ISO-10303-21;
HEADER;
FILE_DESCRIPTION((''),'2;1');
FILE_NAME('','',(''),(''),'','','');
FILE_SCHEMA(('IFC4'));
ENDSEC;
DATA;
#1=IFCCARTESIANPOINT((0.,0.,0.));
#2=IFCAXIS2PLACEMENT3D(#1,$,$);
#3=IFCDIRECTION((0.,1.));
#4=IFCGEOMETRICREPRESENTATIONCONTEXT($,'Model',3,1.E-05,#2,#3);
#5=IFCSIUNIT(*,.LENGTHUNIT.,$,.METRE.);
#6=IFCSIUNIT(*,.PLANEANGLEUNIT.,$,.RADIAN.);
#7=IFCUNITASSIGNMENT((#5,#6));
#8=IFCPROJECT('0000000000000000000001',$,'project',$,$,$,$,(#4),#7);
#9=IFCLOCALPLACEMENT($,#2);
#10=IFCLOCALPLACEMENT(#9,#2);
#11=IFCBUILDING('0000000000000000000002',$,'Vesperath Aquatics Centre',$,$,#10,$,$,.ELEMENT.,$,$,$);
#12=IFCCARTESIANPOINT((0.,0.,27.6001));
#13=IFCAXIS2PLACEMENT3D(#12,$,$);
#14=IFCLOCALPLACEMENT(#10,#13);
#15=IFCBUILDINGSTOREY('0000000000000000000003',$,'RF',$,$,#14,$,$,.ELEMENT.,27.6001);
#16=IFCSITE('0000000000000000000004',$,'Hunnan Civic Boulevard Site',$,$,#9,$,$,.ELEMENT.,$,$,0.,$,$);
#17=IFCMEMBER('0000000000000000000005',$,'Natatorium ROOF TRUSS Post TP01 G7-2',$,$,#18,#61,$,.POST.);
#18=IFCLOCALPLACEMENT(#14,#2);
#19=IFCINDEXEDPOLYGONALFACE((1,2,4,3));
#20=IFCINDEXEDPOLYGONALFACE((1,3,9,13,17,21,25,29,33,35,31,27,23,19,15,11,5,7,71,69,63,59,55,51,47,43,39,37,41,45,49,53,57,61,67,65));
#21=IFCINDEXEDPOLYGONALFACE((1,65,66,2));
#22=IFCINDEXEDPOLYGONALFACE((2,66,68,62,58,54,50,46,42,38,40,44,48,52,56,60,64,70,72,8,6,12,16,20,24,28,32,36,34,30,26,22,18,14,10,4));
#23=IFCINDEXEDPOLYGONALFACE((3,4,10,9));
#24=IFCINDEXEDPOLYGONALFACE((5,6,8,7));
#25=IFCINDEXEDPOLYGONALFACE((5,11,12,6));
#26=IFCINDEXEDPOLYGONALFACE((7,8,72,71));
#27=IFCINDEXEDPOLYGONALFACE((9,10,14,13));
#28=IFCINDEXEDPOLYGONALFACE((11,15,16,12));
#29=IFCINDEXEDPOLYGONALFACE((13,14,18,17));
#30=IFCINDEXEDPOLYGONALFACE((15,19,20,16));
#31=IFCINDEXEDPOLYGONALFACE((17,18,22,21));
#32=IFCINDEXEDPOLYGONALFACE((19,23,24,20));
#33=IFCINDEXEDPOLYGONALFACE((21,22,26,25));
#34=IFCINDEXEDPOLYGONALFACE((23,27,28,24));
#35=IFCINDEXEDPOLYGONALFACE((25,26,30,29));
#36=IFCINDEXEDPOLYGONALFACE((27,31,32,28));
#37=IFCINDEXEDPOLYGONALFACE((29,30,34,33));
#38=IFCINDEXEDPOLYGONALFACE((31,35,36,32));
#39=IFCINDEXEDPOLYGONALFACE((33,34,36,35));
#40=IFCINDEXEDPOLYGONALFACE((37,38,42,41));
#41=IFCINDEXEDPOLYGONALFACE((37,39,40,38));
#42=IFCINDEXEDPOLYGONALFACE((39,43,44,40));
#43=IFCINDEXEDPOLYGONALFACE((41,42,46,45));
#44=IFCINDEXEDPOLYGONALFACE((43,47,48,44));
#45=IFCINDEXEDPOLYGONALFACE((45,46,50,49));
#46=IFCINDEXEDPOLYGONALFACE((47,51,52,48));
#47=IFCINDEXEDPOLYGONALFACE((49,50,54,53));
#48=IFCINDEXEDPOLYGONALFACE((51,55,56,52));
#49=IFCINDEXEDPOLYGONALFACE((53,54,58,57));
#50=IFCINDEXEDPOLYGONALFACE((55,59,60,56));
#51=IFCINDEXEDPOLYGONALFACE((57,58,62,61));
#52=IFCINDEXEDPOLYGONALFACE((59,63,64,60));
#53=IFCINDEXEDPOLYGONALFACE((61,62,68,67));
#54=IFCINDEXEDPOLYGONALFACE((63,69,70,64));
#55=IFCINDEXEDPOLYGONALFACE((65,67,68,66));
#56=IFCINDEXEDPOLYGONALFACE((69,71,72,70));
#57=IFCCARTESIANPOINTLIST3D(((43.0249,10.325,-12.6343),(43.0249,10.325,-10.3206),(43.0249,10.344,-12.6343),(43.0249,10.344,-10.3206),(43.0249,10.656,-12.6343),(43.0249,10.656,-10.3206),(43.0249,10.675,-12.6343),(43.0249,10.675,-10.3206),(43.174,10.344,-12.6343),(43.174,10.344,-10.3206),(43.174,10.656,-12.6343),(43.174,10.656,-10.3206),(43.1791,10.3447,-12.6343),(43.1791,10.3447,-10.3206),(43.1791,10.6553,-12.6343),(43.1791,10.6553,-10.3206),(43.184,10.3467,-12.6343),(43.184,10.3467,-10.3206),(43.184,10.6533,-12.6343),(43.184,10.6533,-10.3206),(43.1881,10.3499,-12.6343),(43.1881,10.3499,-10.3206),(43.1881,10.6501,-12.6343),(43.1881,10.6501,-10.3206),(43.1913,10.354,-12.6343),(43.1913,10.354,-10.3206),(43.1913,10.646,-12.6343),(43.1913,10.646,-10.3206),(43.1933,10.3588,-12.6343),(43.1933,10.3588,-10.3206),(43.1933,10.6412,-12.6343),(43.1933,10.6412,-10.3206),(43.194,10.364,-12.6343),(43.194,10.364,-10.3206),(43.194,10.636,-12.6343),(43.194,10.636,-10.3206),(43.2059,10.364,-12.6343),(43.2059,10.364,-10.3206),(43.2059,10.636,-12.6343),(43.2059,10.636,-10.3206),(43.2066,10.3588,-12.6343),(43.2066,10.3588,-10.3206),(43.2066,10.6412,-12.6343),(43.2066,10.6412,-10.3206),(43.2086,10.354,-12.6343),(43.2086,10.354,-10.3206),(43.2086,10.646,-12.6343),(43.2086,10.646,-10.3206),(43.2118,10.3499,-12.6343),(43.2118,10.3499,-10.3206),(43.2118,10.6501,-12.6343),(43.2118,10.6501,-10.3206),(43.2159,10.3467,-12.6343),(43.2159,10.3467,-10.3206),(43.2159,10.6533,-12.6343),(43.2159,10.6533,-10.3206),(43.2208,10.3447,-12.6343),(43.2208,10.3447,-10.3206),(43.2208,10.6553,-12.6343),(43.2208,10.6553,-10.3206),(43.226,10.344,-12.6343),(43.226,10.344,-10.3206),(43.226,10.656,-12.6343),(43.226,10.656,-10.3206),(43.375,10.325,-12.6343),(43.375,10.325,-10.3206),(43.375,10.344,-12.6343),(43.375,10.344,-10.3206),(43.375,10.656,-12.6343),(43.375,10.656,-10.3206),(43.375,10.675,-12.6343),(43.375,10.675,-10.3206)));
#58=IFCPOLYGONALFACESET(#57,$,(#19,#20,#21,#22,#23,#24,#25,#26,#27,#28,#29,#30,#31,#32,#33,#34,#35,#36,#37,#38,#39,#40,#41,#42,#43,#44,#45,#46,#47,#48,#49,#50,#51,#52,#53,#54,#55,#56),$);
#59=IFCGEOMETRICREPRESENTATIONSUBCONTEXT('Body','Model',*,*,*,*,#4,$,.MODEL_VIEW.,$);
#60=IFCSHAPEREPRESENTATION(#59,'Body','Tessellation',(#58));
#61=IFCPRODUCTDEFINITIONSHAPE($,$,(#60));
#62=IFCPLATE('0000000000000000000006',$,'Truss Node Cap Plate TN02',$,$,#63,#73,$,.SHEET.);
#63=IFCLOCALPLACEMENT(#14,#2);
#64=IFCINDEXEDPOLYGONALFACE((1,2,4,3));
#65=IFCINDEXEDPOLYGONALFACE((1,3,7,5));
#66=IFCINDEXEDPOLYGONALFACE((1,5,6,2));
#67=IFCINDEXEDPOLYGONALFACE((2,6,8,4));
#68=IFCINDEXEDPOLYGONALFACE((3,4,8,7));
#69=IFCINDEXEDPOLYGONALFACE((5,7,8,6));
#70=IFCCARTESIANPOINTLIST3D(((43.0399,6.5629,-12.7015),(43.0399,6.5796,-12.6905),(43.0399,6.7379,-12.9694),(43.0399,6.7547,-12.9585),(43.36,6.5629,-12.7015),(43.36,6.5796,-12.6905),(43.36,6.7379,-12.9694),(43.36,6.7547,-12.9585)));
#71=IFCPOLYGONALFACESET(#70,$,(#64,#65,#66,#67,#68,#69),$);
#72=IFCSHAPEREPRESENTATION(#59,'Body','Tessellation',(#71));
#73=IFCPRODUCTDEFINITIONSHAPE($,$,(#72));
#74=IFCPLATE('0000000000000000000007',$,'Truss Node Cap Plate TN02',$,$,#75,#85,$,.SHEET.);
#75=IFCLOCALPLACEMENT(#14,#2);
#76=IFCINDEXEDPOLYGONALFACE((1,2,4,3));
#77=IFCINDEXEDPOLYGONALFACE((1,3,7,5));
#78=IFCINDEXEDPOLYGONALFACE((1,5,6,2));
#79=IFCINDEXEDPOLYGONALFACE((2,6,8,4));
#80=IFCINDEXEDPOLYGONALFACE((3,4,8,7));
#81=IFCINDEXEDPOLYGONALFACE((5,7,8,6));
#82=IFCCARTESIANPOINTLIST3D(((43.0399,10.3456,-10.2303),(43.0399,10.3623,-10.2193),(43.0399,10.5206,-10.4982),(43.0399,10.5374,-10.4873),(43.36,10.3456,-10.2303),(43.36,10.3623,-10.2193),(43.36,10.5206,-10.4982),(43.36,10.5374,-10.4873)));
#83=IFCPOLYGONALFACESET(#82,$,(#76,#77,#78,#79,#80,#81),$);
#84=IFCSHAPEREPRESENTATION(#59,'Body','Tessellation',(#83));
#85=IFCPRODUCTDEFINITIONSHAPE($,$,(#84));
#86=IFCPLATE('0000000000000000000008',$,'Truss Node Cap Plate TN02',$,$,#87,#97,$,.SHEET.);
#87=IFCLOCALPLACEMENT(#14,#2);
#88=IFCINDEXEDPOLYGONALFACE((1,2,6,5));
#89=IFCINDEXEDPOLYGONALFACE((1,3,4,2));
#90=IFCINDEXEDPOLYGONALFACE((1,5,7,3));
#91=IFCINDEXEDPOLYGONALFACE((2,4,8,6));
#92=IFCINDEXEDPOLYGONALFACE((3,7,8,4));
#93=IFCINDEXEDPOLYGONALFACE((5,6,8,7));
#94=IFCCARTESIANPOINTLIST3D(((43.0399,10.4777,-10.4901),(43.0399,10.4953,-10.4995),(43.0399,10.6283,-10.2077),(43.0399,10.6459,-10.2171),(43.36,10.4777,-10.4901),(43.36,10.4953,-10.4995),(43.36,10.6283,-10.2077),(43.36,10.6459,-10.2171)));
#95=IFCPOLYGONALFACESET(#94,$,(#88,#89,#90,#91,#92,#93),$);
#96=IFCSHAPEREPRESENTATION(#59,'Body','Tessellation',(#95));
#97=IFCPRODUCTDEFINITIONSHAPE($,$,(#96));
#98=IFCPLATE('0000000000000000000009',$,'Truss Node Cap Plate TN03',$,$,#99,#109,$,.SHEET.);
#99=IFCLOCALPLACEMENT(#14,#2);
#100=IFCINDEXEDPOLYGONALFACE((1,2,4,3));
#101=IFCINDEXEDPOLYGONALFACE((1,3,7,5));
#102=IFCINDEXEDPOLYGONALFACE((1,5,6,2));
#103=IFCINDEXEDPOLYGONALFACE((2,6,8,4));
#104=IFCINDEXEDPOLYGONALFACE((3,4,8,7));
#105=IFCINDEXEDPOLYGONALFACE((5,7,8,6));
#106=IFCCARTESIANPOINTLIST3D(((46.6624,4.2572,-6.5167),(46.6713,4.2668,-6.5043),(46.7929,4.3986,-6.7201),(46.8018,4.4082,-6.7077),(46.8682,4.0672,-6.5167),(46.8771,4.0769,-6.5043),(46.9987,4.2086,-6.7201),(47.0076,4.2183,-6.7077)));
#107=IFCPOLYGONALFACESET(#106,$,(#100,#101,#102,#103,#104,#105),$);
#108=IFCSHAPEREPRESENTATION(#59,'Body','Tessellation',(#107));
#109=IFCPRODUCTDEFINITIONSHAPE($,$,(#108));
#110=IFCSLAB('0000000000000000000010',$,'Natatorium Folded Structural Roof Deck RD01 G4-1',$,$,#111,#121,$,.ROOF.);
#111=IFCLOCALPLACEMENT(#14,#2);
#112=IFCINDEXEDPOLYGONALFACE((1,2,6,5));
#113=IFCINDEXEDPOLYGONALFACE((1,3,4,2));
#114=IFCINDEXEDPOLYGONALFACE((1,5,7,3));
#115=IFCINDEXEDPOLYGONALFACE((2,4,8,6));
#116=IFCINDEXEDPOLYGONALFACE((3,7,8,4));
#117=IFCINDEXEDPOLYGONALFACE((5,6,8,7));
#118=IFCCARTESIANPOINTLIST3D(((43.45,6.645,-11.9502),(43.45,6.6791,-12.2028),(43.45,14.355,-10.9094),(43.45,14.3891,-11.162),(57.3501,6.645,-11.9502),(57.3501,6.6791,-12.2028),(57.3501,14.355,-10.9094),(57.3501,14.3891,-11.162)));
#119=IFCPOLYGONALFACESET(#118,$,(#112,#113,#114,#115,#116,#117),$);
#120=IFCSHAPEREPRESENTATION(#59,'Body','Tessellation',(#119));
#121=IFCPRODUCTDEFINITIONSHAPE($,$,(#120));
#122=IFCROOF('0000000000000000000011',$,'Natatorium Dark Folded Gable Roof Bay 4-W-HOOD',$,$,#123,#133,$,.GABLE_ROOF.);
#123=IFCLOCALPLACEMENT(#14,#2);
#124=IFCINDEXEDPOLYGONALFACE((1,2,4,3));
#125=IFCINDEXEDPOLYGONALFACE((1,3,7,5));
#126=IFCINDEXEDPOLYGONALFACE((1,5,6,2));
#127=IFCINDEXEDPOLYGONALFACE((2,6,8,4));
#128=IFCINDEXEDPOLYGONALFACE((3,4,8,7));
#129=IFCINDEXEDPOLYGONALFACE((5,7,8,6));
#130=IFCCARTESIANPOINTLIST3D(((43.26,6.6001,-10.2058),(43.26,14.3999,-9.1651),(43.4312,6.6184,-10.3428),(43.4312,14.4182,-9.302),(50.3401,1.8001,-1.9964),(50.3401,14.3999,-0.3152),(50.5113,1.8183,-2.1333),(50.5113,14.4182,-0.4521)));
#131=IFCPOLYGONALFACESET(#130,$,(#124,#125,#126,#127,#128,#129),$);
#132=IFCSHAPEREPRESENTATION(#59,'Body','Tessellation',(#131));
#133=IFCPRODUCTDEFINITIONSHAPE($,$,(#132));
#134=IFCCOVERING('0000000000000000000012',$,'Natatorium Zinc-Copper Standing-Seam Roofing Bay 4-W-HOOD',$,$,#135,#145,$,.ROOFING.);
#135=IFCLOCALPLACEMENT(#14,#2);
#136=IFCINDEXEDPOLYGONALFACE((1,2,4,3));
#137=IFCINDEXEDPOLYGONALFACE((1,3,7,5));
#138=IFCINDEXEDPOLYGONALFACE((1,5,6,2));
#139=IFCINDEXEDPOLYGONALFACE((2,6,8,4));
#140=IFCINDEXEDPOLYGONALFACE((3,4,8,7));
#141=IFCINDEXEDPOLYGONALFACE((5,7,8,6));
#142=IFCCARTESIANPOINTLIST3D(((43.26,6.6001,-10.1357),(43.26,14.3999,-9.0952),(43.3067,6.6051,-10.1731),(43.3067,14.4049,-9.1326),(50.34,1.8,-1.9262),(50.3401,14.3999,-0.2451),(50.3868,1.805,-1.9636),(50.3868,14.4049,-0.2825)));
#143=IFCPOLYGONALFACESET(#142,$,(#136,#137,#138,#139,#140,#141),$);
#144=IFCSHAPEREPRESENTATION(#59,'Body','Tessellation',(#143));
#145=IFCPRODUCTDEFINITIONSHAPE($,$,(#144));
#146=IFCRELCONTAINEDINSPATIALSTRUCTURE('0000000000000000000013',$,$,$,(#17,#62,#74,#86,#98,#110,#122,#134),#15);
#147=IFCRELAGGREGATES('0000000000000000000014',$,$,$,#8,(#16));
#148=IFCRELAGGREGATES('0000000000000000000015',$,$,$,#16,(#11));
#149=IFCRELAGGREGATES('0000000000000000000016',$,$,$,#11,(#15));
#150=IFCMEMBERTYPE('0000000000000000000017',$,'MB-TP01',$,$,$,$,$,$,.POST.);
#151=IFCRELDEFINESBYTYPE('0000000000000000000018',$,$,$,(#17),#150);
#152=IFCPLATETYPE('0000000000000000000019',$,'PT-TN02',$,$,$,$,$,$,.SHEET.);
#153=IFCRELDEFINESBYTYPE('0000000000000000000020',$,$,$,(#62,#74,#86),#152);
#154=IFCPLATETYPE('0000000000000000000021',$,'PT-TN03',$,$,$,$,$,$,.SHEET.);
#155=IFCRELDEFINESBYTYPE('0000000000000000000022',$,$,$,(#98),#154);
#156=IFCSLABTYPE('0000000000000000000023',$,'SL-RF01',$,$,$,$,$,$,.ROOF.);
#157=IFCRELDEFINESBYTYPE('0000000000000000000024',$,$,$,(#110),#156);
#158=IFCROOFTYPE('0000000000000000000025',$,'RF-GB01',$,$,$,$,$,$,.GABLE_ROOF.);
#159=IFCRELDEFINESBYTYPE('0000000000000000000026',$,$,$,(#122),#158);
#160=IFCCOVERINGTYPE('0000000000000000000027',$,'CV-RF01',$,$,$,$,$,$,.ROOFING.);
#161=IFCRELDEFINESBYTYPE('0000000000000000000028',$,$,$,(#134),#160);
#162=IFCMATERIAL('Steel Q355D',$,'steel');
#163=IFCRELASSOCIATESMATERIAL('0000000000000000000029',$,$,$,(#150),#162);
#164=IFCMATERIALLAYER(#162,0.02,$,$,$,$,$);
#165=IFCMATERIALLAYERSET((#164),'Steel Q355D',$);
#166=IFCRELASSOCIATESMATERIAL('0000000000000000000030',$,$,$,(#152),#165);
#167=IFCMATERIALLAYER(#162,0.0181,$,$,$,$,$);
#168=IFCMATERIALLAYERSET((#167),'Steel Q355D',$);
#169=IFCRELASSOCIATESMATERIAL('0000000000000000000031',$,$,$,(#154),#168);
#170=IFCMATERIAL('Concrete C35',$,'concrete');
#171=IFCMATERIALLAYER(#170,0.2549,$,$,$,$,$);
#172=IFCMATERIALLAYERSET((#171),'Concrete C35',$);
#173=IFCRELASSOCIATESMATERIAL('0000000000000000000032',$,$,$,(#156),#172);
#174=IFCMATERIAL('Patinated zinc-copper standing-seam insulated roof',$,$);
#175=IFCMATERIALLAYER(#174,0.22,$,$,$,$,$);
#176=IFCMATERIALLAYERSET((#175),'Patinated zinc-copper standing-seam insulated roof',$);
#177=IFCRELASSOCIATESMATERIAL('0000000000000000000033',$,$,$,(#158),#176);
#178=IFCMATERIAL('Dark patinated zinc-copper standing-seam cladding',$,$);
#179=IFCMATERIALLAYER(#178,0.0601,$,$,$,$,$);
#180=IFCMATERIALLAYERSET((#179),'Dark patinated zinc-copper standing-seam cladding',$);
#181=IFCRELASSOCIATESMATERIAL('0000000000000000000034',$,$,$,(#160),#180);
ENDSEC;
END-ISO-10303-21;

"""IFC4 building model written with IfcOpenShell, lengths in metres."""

from ifc_helpers import new_model, si_unit, direction, frame, origin, origin_2d, place, context, subcontext, project, spatial, polyline, rectangle, i_section, outline, extrude, material, layer, layer_set, material_profile, profile_set, type_object, element, save


model = new_model("IFC4")

# Units and contexts
model_context = context("Model", 3, precision=1e-05, world=origin(), true_north=direction((0.0, 1.0)))
body_context = subcontext(model_context, "Body", "Model", "MODEL_VIEW")
ifc_project = project(units=[si_unit("LENGTHUNIT", "METRE"), si_unit("PLANEANGLEUNIT", "RADIAN")], contexts=[model_context])

# Site, building, storey
site_placement = place(None, origin())
site = spatial("IfcSite", under=ifc_project, at=site_placement, Name="Hunnan Civic Boulevard Site", CompositionType="ELEMENT", RefElevation=0.0)
building_placement = place(site_placement, origin())
building = spatial("IfcBuilding", under=site, at=building_placement, Name="Vesperath Aquatics Centre", CompositionType="ELEMENT")
storey_placement = place(building_placement, frame((0.0, 0.0, 27.6001)))
storey = spatial("IfcBuildingStorey", under=building, at=storey_placement, Name="RF", CompositionType="ELEMENT", Elevation=27.6001)

# Member
ifc_material_1 = material(Name="Steel Q355D", Category="steel")
ifc_material_profile_1 = material_profile(ifc_material_1, i_section(OverallWidth=0.3501, OverallDepth=0.3501, WebThickness=0.012, FlangeThickness=0.019, FilletRadius=0.02, at=origin_2d()), Name="HW 350x350x12x19")
ifc_profile_set_1 = profile_set([ifc_material_profile_1], Name="Steel Q355D")
member_type_1 = type_object("IfcMemberType", Name="MB-TP01", PredefinedType="POST", material=ifc_profile_set_1)
member_1_placement = place(storey_placement, frame((43.2, 10.5, -12.6343), z_axis=(0.0, 0.0, 1.0), x_axis=(1.0, 0.0, 0.0)))
element("IfcMember", 1, at=member_1_placement, inside=storey, type_object=member_type_1, Name="Natatorium ROOF TRUSS Post TP01 G7-2", PredefinedType="POST", context=body_context, shape_type="SweptSolid", body=[
    extrude(i_section(OverallWidth=0.3501, OverallDepth=0.3501, WebThickness=0.012, FlangeThickness=0.019, FilletRadius=0.02, at=origin_2d()), origin(), (0.0, 0.0, 1.0), 2.3137),
])

# Plates
ifc_layer_1 = layer(ifc_material_1, 0.02)
ifc_layer_set_1 = layer_set([ifc_layer_1], Name="Steel Q355D")
plate_type_1 = type_object("IfcPlateType", Name="PT-TN02", PredefinedType="SHEET", material=ifc_layer_set_1)
for number, where, z_axis, x_axis, name in (
    (2, (43.2, 6.6504, -12.8354), (0.0, 0.837176, 0.546934), (-1.0, 0.0, 0.0), "Truss Node Cap Plate TN02"),
    (3, (43.2, 10.4331, -10.3643), (0.0, 0.837176, 0.546934), (-1.0, 0.0, 0.0), "Truss Node Cap Plate TN02"),
    (4, (43.2, 10.553, -10.3489), (0.0, 0.882391, -0.470518), (-1.0, 0.0, 0.0), "Truss Node Cap Plate TN02"),
):
    element("IfcPlate", number, at=place(storey_placement, frame(where, z_axis=z_axis, x_axis=x_axis)), inside=storey, type_object=plate_type_1, Name=name, PredefinedType="SHEET", context=body_context, shape_type="SweptSolid", body=[
        extrude(rectangle(XDim=0.3201, YDim=0.3201, at=origin_2d()), origin(), (0.0, 0.0, 1.0), 0.02),
    ])
ifc_layer_2 = layer(ifc_material_1, 0.0181)
ifc_layer_set_2 = layer_set([ifc_layer_2], Name="Steel Q355D")
plate_type_2 = type_object("IfcPlateType", Name="PT-TN03", PredefinedType="SHEET", material=ifc_layer_set_2)
plate_placement = place(storey_placement, frame((46.8306, 4.2329, -6.6184), z_axis=(0.492765, 0.533829, 0.687175), x_axis=(-0.734803, 0.67828, 0.0)))
element("IfcPlate", 5, at=plate_placement, inside=storey, type_object=plate_type_2, Name="Truss Node Cap Plate TN03", PredefinedType="SHEET", context=body_context, shape_type="SweptSolid", body=[
    extrude(rectangle(XDim=0.28, YDim=0.28, at=origin_2d()), origin(), (0.0, 0.0, 1.0), 0.0181),
])

# Slab
ifc_material_2 = material(Name="Concrete C35", Category="concrete")
ifc_layer_3 = layer(ifc_material_2, 0.2549)
ifc_layer_set_3 = layer_set([ifc_layer_3], Name="Concrete C35")
slab_type = type_object("IfcSlabType", Name="SL-RF01", PredefinedType="ROOF", material=ifc_layer_set_3)
slab_placement = place(storey_placement, frame((43.45, 6.645, -11.9502), z_axis=(0.0, -0.133777, 0.991011), x_axis=(1.0, 0.0, 0.0)))
element("IfcSlab", 6, at=slab_placement, inside=storey, type_object=slab_type, Name="Natatorium Folded Structural Roof Deck RD01 G4-1", PredefinedType="ROOF", context=body_context, shape_type="SweptSolid", body=[
    extrude(outline(polyline([(0.0, 0.0), (13.9001, 0.0), (13.9001, 7.7799), (0.0, 7.7799), (0.0, 0.0)])), origin(), (0.0, 0.0, -1.0), 0.2549),
])

# Roof
ifc_material_3 = material(Name="Patinated zinc-copper standing-seam insulated roof")
ifc_layer_4 = layer(ifc_material_3, 0.22)
ifc_layer_set_4 = layer_set([ifc_layer_4], Name="Patinated zinc-copper standing-seam insulated roof")
roof_type = type_object("IfcRoofType", Name="RF-GB01", PredefinedType="GABLE_ROOF", material=ifc_layer_set_4)
roof_placement = place(storey_placement, frame((43.26, 6.6001, -10.2058), z_axis=(-0.778163, -0.083066, 0.622545), x_axis=(0.597177, -0.404864, 0.692434)))
element("IfcRoof", 7, at=roof_placement, inside=storey, type_object=roof_type, Name="Natatorium Dark Folded Gable Roof Bay 4-W-HOOD", PredefinedType="GABLE_ROOF", context=body_context, shape_type="SweptSolid", body=[
    extrude(outline(polyline([(0.0, 0.0), (11.8559, 0.0), (7.9188, 12.0864), (-2.4372, 7.482), (0.0, 0.0)])), origin(), (0.0, 0.0, -1.0), 0.22),
])

# Covering
ifc_material_4 = material(Name="Dark patinated zinc-copper standing-seam cladding")
ifc_layer_5 = layer(ifc_material_4, 0.0601)
ifc_layer_set_5 = layer_set([ifc_layer_5], Name="Dark patinated zinc-copper standing-seam cladding")
covering_type = type_object("IfcCoveringType", Name="CV-RF01", PredefinedType="ROOFING", material=ifc_layer_set_5)
covering_placement = place(storey_placement, frame((43.26, 6.6001, -10.1357), z_axis=(-0.778167, -0.083058, 0.622541), x_axis=(0.597171, -0.404865, 0.692439)))
element("IfcCovering", 8, at=covering_placement, inside=storey, type_object=covering_type, Name="Natatorium Zinc-Copper Standing-Seam Roofing Bay 4-W-HOOD", PredefinedType="ROOFING", context=body_context, shape_type="SweptSolid", body=[
    extrude(outline(polyline([(0.0, 0.0), (11.8559, 0.0), (7.9188, 12.0864), (-2.4374, 7.4819), (0.0, 0.0)])), origin(), (0.0, 0.0, -1.0), 0.0601),
])

save(model, "model.ifc")
